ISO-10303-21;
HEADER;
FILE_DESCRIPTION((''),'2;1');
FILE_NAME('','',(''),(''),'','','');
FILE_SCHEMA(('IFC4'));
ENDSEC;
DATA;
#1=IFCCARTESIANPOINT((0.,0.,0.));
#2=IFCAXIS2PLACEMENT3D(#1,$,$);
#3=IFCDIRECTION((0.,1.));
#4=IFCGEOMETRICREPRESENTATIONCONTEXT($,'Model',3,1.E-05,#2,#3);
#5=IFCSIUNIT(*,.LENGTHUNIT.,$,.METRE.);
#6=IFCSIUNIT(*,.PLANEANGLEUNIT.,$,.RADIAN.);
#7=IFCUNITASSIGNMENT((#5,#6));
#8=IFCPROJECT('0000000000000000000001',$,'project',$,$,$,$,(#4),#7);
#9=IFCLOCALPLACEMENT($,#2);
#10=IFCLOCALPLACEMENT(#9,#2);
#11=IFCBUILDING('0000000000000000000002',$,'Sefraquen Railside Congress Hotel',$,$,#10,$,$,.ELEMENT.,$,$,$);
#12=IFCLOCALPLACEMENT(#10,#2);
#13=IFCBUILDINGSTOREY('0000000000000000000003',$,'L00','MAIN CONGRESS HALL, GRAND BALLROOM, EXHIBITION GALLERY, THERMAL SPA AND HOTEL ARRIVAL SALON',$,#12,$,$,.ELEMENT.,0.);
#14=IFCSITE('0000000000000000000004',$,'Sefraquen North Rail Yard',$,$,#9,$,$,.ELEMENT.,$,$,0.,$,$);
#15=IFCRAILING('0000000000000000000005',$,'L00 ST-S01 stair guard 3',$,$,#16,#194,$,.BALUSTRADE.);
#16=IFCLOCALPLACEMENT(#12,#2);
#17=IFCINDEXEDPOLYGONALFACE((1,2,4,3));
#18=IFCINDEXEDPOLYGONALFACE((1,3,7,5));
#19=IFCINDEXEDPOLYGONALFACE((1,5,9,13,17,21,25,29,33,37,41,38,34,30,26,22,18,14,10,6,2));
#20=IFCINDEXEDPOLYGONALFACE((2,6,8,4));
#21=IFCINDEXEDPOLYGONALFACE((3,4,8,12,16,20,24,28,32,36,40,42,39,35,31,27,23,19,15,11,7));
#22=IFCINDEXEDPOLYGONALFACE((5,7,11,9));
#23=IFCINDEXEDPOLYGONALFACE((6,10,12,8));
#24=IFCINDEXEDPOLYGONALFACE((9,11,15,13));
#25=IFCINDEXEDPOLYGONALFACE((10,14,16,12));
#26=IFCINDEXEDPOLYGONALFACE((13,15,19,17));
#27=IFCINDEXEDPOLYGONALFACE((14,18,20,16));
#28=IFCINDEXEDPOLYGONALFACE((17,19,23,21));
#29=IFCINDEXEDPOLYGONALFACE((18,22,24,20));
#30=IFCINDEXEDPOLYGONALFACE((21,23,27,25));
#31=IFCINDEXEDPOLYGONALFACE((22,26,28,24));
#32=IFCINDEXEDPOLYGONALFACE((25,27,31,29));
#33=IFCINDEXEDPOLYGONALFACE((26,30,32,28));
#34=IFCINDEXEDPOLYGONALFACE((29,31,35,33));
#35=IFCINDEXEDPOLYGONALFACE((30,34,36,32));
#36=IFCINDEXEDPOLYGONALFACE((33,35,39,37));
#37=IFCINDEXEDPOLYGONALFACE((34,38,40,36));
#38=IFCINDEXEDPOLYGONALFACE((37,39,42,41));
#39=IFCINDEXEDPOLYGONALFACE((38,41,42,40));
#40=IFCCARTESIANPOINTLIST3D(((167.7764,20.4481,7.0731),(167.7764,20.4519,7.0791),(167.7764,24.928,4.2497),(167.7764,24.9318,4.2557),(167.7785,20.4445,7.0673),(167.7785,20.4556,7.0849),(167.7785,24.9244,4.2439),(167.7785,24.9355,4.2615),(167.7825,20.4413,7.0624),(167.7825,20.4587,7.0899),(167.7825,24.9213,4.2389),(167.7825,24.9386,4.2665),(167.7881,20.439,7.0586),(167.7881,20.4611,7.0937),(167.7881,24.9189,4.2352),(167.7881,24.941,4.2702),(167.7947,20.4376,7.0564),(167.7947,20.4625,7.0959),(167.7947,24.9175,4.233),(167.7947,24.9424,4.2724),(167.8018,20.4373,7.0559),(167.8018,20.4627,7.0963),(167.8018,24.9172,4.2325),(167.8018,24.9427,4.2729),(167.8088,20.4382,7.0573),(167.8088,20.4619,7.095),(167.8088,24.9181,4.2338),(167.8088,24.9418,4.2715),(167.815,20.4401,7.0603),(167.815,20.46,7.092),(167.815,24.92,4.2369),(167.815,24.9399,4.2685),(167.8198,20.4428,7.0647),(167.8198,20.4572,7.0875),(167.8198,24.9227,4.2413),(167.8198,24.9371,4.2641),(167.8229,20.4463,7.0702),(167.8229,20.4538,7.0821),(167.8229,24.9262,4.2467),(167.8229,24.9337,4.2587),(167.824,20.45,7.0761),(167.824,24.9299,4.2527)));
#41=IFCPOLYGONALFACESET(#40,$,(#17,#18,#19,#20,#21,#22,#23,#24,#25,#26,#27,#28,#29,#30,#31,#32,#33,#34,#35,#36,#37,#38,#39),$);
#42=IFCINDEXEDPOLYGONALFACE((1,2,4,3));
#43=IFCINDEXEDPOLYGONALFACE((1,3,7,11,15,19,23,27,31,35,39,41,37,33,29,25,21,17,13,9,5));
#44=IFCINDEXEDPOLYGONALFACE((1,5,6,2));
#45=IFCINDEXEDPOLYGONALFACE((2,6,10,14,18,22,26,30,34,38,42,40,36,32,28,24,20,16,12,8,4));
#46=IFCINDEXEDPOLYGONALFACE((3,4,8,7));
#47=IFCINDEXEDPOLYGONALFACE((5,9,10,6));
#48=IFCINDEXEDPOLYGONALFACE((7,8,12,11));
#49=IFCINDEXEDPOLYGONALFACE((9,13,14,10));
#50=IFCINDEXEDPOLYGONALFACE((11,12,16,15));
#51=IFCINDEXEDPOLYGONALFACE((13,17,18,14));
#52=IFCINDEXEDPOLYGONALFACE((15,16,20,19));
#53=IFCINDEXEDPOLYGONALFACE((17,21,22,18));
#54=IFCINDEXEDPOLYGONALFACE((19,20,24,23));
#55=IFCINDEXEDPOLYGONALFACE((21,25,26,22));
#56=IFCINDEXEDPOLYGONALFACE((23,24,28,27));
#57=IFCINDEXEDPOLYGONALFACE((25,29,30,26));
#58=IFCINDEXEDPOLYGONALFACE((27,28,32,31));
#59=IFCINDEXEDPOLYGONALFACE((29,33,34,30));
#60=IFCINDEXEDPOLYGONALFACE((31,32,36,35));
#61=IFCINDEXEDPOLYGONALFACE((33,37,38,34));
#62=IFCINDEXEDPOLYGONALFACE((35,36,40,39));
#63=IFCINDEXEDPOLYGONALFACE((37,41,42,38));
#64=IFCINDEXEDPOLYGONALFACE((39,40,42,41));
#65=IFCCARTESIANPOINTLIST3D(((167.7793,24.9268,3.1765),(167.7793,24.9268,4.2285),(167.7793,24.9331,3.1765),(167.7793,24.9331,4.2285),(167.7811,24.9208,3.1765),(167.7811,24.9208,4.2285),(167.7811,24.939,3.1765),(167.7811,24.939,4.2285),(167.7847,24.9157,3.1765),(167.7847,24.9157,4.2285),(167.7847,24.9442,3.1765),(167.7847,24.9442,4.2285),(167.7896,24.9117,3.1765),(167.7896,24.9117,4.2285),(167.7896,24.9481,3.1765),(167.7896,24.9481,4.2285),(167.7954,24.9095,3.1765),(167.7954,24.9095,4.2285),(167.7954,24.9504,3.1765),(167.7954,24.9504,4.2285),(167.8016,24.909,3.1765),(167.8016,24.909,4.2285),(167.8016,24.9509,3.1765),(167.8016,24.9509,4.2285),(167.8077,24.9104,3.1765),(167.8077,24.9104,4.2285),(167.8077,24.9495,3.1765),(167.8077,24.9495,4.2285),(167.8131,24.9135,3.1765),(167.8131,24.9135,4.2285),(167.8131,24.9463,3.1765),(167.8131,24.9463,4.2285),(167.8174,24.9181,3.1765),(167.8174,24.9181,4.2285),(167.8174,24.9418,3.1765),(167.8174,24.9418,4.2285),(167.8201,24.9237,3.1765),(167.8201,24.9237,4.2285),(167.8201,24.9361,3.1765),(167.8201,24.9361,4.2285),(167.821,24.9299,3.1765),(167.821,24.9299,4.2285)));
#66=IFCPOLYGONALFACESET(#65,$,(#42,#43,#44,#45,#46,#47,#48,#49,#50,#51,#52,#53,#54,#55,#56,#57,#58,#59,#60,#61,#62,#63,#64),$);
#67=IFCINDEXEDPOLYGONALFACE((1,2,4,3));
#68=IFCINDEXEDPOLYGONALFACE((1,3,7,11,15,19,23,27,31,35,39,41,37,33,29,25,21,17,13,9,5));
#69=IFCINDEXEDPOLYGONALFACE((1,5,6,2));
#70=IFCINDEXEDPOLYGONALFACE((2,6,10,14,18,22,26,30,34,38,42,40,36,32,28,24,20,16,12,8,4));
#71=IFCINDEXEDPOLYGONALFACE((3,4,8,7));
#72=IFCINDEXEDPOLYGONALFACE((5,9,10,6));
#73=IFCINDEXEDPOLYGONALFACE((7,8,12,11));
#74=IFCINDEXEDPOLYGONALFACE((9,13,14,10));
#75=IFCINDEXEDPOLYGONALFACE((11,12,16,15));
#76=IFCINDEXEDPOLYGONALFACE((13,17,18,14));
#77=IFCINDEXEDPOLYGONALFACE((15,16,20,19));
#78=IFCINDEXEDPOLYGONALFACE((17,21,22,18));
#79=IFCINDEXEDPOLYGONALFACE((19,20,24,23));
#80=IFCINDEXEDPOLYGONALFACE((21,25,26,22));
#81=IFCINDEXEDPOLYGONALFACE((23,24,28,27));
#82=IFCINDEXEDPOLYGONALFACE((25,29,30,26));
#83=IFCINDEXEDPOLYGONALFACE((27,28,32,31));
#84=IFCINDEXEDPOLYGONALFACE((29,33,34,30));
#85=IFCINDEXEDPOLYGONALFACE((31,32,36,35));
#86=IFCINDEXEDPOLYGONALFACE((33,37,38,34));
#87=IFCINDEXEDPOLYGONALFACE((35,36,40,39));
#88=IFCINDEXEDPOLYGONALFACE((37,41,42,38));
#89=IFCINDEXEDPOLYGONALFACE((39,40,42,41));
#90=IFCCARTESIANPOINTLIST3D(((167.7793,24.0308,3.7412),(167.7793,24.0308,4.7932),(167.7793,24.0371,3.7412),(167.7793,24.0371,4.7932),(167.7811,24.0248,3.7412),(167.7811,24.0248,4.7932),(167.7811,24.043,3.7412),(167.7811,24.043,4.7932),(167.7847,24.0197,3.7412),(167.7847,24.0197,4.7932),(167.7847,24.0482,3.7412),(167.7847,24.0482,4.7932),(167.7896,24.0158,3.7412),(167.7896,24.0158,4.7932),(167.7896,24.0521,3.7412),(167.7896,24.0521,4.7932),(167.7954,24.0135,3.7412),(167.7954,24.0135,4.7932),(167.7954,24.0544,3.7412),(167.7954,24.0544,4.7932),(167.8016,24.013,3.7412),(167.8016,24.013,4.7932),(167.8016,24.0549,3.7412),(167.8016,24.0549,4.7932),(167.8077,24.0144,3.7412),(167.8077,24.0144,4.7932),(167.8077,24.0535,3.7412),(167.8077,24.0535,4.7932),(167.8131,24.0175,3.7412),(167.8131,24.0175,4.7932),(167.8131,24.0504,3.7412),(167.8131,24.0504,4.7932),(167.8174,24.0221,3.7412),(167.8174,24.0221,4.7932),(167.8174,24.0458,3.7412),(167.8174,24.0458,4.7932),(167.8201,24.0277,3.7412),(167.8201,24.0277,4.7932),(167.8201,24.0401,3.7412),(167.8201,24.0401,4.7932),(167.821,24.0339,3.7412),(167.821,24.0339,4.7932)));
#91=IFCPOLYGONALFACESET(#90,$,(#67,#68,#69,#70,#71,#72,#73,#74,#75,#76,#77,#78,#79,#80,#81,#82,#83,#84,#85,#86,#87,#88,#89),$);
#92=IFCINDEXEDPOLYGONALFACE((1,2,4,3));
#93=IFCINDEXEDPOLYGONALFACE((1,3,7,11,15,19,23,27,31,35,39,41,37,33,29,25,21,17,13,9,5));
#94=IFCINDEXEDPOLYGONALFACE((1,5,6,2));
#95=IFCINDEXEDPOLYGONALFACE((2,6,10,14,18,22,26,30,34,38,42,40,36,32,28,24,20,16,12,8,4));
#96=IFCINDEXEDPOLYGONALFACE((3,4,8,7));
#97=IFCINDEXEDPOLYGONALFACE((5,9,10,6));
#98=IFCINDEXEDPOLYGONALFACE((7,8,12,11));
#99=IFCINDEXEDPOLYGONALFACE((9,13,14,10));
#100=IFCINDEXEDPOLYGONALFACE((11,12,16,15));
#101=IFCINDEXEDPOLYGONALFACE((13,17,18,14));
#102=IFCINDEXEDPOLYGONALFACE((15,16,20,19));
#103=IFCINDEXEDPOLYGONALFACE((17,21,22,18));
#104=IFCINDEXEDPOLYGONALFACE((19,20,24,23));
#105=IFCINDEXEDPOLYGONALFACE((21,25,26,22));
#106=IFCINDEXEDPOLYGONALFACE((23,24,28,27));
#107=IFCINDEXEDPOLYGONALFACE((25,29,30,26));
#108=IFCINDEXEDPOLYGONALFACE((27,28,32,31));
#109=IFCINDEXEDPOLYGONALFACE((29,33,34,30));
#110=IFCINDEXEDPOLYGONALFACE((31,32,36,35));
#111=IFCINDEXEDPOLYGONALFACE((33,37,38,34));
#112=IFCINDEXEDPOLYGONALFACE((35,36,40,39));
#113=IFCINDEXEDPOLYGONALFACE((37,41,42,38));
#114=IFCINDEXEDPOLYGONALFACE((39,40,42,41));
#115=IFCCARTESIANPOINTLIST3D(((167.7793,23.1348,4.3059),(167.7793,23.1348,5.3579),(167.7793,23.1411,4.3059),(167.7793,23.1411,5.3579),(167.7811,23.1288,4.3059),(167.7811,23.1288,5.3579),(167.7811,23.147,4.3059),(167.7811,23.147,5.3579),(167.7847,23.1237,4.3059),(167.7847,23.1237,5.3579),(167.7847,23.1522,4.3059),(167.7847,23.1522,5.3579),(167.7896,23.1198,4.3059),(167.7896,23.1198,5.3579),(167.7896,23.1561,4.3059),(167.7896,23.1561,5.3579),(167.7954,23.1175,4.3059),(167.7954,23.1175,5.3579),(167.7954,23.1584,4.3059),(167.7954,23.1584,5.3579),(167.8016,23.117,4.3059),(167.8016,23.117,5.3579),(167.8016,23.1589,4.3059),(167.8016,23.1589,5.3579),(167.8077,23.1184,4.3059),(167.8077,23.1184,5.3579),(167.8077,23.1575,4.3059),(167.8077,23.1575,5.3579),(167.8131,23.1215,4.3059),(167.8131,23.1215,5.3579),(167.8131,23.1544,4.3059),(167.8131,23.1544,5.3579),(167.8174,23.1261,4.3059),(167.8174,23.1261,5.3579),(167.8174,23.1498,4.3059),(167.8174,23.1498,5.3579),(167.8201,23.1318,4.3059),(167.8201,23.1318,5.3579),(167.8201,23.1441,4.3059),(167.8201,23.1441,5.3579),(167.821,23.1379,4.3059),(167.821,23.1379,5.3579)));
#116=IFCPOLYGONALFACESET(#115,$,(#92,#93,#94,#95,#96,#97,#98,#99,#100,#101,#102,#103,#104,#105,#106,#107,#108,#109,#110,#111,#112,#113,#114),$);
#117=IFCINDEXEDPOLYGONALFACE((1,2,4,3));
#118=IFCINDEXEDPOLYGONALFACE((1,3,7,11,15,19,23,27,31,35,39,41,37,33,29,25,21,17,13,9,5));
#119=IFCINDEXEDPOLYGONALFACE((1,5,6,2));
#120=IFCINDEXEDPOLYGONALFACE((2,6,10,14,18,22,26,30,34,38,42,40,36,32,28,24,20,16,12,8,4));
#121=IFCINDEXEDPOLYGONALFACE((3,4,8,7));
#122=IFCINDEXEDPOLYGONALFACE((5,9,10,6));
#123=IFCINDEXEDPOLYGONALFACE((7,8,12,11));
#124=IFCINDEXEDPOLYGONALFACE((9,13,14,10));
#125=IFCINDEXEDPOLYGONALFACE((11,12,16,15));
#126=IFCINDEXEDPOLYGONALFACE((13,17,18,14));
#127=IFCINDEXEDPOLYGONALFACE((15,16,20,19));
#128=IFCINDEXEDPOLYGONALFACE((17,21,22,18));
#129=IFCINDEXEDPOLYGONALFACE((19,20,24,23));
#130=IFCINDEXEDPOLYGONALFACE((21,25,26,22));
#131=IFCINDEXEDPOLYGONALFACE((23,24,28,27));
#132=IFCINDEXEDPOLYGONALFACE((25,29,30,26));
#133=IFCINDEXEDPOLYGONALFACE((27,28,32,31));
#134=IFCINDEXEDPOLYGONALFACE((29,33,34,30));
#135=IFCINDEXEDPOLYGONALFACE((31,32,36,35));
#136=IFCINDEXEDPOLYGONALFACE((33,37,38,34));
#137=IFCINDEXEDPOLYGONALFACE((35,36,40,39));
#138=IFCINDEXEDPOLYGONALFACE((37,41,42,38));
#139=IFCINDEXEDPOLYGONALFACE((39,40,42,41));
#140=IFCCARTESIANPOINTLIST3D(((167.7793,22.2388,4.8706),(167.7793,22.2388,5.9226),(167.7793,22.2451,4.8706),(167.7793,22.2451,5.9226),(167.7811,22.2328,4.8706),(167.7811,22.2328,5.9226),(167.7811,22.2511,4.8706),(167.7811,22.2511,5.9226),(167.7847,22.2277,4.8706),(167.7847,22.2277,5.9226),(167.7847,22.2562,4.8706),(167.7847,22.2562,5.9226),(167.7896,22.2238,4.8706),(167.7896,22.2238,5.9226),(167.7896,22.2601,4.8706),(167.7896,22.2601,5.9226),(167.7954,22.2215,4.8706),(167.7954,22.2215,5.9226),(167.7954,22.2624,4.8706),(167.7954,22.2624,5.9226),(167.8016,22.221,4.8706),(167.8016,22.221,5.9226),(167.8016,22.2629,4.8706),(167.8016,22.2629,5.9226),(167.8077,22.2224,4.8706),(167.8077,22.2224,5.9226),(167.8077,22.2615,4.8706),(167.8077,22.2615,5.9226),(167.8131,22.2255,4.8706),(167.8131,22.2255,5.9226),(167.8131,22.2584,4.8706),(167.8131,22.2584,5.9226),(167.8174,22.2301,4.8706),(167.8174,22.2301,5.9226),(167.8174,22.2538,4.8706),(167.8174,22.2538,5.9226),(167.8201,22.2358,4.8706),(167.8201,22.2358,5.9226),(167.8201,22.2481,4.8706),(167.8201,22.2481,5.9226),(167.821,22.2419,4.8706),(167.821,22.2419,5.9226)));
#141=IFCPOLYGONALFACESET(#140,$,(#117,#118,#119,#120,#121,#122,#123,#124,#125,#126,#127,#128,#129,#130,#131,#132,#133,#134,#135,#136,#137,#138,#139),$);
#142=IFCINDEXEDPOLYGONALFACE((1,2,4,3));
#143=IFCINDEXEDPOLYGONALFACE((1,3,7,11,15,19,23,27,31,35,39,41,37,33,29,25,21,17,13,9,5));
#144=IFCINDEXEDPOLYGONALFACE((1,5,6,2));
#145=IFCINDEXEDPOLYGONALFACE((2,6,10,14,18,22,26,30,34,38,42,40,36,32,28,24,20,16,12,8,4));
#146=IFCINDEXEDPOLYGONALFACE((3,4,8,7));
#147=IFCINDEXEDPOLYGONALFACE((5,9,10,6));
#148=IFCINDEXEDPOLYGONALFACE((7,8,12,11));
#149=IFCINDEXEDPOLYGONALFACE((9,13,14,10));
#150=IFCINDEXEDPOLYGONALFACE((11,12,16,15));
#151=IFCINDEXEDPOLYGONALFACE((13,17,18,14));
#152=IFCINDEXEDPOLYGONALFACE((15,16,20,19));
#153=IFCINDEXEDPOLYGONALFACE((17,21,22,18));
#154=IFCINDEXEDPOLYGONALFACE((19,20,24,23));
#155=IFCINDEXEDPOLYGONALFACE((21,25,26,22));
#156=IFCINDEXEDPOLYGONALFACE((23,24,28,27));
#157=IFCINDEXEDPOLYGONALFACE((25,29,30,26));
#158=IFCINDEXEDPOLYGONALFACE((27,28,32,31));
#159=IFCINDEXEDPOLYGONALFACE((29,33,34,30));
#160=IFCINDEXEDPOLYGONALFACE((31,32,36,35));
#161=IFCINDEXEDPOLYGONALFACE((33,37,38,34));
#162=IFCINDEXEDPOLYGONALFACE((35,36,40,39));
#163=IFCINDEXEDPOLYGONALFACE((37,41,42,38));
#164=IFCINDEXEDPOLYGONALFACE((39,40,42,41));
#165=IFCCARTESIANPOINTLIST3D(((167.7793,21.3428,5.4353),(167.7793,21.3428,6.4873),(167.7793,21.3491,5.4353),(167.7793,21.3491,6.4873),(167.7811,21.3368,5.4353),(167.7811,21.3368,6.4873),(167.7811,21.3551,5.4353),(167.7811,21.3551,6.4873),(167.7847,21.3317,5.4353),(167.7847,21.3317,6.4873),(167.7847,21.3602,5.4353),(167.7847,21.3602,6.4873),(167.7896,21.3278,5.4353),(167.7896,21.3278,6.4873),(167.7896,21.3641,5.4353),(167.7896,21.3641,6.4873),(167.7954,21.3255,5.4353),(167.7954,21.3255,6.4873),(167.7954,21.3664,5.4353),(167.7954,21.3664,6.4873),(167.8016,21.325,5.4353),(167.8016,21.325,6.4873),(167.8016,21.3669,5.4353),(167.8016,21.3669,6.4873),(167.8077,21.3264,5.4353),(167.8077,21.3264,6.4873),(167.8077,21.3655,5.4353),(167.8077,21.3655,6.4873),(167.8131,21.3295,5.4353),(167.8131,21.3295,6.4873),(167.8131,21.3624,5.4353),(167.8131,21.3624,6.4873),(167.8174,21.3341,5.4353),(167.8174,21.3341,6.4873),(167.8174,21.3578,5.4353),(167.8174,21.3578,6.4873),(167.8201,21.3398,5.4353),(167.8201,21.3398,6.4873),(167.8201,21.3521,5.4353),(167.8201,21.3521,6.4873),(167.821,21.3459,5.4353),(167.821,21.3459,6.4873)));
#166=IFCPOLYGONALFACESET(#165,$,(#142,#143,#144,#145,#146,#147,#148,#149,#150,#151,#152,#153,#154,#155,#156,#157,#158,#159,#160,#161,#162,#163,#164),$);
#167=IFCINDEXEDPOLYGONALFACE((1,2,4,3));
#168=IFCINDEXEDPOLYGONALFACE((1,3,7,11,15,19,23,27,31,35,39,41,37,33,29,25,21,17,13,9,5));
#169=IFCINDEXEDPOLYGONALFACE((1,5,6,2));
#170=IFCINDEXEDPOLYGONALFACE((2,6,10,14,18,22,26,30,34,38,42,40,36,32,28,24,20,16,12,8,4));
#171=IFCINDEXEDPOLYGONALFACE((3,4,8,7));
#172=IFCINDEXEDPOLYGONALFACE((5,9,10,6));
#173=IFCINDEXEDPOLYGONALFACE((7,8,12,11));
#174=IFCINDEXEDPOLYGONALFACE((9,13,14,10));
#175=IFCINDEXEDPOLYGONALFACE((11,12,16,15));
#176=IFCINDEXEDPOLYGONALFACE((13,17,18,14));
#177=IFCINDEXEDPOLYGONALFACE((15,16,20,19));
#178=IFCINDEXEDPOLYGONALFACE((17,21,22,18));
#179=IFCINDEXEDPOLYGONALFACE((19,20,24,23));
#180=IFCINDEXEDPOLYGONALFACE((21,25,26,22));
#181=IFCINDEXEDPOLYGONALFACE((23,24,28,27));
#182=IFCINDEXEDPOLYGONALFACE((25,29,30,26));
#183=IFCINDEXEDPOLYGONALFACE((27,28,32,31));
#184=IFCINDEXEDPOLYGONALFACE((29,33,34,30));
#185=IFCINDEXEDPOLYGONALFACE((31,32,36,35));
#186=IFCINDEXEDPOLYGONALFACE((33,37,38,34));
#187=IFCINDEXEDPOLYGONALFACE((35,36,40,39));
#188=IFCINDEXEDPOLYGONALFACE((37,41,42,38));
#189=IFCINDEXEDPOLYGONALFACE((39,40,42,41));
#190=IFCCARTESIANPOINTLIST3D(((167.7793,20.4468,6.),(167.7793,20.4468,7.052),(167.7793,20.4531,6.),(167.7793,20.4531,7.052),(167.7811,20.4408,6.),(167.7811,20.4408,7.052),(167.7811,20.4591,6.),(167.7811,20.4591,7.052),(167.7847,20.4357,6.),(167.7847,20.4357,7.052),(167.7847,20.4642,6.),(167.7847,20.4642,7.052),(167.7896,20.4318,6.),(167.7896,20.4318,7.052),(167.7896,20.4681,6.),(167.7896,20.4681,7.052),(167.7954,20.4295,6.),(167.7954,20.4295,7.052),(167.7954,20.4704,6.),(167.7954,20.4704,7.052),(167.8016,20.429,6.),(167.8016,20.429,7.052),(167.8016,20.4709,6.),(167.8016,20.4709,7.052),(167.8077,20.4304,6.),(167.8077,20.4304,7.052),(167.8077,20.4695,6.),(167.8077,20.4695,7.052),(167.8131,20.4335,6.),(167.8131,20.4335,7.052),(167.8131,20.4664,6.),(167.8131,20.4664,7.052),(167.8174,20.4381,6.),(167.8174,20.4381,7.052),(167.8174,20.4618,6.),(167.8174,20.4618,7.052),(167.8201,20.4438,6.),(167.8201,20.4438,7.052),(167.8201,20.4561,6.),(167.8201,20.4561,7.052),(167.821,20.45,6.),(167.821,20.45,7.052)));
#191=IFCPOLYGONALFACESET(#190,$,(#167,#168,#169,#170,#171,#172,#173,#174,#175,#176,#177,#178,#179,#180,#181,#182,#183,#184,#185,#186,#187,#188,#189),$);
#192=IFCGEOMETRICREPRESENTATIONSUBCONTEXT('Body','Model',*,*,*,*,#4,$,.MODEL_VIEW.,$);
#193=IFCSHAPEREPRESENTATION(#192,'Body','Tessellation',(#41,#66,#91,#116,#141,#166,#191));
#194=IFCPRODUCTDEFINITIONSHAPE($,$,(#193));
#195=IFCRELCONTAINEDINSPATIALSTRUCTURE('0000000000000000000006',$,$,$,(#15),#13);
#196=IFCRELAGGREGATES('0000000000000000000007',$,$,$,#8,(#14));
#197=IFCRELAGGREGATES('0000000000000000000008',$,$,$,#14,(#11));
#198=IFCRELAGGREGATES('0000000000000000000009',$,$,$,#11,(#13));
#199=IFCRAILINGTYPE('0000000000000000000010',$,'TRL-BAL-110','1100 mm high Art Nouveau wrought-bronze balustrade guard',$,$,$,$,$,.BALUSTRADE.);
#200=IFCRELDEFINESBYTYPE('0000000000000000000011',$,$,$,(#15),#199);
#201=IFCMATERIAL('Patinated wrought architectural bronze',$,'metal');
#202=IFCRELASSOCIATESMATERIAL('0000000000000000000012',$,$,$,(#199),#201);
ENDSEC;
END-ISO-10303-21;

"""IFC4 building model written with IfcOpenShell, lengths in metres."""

from ifc_helpers import new_model, si_unit, direction, frame, origin, origin_2d, place, context, subcontext, project, spatial, circle, extrude, material, type_object, element, save


model = new_model("IFC4")

# Units and contexts
model_context = context("Model", 3, precision=1e-05, world=origin(), true_north=direction((0.0, 1.0)))
body_context = subcontext(model_context, "Body", "Model", "MODEL_VIEW")
ifc_project = project(units=[si_unit("LENGTHUNIT", "METRE"), si_unit("PLANEANGLEUNIT", "RADIAN")], contexts=[model_context])

# Site, building, storey
site_placement = place(None, origin())
site = spatial("IfcSite", under=ifc_project, at=site_placement, Name="Sefraquen North Rail Yard", CompositionType="ELEMENT", RefElevation=0.0)
building_placement = place(site_placement, origin())
building = spatial("IfcBuilding", under=site, at=building_placement, Name="Sefraquen Railside Congress Hotel", CompositionType="ELEMENT")
storey_placement = place(building_placement, origin())
storey = spatial("IfcBuildingStorey", under=building, at=storey_placement, Name="L00", Description="MAIN CONGRESS HALL, GRAND BALLROOM, EXHIBITION GALLERY, THERMAL SPA AND HOTEL ARRIVAL SALON", CompositionType="ELEMENT", Elevation=0.0)

# Railing
ifc_material_1 = material(Name="Patinated wrought architectural bronze", Category="metal")
railing_type_1 = type_object("IfcRailingType", Name="TRL-BAL-110", Description="1100 mm high Art Nouveau wrought-bronze balustrade guard", PredefinedType="BALUSTRADE", material=ifc_material_1)
railing_1_placement = place(storey_placement, frame((167.8, 24.9299, 3.1765)))
element("IfcRailing", 1, at=railing_1_placement, inside=storey, type_object=railing_type_1, Name="L00 ST-S01 stair guard 3", PredefinedType="BALUSTRADE", context=body_context, shape_type="SweptSolid", body=[
    extrude(circle(Radius=0.0239, at=origin_2d()), frame((0.0, 0.0, 1.0762), z_axis=(0.0, -0.845998, 0.533186), x_axis=(1.0, 0.0, 0.0)), (0.0, 0.0, 1.0), 5.2954),
    extrude(circle(Radius=0.021, at=origin_2d()), origin(), (0.0, 0.0, 1.0), 1.052),
    extrude(circle(Radius=0.021, at=origin_2d()), frame((0.0, -0.896, 0.5647)), (0.0, 0.0, 1.0), 1.052),
    extrude(circle(Radius=0.021, at=origin_2d()), frame((0.0, -1.792, 1.1294)), (0.0, 0.0, 1.0), 1.052),
    extrude(circle(Radius=0.021, at=origin_2d()), frame((0.0, -2.688, 1.6941)), (0.0, 0.0, 1.0), 1.052),
    extrude(circle(Radius=0.021, at=origin_2d()), frame((0.0, -3.584, 2.2588)), (0.0, 0.0, 1.0), 1.052),
    extrude(circle(Radius=0.021, at=origin_2d()), frame((0.0, -4.48, 2.8235)), (0.0, 0.0, 1.0), 1.052),
])

save(model, "model.ifc")
